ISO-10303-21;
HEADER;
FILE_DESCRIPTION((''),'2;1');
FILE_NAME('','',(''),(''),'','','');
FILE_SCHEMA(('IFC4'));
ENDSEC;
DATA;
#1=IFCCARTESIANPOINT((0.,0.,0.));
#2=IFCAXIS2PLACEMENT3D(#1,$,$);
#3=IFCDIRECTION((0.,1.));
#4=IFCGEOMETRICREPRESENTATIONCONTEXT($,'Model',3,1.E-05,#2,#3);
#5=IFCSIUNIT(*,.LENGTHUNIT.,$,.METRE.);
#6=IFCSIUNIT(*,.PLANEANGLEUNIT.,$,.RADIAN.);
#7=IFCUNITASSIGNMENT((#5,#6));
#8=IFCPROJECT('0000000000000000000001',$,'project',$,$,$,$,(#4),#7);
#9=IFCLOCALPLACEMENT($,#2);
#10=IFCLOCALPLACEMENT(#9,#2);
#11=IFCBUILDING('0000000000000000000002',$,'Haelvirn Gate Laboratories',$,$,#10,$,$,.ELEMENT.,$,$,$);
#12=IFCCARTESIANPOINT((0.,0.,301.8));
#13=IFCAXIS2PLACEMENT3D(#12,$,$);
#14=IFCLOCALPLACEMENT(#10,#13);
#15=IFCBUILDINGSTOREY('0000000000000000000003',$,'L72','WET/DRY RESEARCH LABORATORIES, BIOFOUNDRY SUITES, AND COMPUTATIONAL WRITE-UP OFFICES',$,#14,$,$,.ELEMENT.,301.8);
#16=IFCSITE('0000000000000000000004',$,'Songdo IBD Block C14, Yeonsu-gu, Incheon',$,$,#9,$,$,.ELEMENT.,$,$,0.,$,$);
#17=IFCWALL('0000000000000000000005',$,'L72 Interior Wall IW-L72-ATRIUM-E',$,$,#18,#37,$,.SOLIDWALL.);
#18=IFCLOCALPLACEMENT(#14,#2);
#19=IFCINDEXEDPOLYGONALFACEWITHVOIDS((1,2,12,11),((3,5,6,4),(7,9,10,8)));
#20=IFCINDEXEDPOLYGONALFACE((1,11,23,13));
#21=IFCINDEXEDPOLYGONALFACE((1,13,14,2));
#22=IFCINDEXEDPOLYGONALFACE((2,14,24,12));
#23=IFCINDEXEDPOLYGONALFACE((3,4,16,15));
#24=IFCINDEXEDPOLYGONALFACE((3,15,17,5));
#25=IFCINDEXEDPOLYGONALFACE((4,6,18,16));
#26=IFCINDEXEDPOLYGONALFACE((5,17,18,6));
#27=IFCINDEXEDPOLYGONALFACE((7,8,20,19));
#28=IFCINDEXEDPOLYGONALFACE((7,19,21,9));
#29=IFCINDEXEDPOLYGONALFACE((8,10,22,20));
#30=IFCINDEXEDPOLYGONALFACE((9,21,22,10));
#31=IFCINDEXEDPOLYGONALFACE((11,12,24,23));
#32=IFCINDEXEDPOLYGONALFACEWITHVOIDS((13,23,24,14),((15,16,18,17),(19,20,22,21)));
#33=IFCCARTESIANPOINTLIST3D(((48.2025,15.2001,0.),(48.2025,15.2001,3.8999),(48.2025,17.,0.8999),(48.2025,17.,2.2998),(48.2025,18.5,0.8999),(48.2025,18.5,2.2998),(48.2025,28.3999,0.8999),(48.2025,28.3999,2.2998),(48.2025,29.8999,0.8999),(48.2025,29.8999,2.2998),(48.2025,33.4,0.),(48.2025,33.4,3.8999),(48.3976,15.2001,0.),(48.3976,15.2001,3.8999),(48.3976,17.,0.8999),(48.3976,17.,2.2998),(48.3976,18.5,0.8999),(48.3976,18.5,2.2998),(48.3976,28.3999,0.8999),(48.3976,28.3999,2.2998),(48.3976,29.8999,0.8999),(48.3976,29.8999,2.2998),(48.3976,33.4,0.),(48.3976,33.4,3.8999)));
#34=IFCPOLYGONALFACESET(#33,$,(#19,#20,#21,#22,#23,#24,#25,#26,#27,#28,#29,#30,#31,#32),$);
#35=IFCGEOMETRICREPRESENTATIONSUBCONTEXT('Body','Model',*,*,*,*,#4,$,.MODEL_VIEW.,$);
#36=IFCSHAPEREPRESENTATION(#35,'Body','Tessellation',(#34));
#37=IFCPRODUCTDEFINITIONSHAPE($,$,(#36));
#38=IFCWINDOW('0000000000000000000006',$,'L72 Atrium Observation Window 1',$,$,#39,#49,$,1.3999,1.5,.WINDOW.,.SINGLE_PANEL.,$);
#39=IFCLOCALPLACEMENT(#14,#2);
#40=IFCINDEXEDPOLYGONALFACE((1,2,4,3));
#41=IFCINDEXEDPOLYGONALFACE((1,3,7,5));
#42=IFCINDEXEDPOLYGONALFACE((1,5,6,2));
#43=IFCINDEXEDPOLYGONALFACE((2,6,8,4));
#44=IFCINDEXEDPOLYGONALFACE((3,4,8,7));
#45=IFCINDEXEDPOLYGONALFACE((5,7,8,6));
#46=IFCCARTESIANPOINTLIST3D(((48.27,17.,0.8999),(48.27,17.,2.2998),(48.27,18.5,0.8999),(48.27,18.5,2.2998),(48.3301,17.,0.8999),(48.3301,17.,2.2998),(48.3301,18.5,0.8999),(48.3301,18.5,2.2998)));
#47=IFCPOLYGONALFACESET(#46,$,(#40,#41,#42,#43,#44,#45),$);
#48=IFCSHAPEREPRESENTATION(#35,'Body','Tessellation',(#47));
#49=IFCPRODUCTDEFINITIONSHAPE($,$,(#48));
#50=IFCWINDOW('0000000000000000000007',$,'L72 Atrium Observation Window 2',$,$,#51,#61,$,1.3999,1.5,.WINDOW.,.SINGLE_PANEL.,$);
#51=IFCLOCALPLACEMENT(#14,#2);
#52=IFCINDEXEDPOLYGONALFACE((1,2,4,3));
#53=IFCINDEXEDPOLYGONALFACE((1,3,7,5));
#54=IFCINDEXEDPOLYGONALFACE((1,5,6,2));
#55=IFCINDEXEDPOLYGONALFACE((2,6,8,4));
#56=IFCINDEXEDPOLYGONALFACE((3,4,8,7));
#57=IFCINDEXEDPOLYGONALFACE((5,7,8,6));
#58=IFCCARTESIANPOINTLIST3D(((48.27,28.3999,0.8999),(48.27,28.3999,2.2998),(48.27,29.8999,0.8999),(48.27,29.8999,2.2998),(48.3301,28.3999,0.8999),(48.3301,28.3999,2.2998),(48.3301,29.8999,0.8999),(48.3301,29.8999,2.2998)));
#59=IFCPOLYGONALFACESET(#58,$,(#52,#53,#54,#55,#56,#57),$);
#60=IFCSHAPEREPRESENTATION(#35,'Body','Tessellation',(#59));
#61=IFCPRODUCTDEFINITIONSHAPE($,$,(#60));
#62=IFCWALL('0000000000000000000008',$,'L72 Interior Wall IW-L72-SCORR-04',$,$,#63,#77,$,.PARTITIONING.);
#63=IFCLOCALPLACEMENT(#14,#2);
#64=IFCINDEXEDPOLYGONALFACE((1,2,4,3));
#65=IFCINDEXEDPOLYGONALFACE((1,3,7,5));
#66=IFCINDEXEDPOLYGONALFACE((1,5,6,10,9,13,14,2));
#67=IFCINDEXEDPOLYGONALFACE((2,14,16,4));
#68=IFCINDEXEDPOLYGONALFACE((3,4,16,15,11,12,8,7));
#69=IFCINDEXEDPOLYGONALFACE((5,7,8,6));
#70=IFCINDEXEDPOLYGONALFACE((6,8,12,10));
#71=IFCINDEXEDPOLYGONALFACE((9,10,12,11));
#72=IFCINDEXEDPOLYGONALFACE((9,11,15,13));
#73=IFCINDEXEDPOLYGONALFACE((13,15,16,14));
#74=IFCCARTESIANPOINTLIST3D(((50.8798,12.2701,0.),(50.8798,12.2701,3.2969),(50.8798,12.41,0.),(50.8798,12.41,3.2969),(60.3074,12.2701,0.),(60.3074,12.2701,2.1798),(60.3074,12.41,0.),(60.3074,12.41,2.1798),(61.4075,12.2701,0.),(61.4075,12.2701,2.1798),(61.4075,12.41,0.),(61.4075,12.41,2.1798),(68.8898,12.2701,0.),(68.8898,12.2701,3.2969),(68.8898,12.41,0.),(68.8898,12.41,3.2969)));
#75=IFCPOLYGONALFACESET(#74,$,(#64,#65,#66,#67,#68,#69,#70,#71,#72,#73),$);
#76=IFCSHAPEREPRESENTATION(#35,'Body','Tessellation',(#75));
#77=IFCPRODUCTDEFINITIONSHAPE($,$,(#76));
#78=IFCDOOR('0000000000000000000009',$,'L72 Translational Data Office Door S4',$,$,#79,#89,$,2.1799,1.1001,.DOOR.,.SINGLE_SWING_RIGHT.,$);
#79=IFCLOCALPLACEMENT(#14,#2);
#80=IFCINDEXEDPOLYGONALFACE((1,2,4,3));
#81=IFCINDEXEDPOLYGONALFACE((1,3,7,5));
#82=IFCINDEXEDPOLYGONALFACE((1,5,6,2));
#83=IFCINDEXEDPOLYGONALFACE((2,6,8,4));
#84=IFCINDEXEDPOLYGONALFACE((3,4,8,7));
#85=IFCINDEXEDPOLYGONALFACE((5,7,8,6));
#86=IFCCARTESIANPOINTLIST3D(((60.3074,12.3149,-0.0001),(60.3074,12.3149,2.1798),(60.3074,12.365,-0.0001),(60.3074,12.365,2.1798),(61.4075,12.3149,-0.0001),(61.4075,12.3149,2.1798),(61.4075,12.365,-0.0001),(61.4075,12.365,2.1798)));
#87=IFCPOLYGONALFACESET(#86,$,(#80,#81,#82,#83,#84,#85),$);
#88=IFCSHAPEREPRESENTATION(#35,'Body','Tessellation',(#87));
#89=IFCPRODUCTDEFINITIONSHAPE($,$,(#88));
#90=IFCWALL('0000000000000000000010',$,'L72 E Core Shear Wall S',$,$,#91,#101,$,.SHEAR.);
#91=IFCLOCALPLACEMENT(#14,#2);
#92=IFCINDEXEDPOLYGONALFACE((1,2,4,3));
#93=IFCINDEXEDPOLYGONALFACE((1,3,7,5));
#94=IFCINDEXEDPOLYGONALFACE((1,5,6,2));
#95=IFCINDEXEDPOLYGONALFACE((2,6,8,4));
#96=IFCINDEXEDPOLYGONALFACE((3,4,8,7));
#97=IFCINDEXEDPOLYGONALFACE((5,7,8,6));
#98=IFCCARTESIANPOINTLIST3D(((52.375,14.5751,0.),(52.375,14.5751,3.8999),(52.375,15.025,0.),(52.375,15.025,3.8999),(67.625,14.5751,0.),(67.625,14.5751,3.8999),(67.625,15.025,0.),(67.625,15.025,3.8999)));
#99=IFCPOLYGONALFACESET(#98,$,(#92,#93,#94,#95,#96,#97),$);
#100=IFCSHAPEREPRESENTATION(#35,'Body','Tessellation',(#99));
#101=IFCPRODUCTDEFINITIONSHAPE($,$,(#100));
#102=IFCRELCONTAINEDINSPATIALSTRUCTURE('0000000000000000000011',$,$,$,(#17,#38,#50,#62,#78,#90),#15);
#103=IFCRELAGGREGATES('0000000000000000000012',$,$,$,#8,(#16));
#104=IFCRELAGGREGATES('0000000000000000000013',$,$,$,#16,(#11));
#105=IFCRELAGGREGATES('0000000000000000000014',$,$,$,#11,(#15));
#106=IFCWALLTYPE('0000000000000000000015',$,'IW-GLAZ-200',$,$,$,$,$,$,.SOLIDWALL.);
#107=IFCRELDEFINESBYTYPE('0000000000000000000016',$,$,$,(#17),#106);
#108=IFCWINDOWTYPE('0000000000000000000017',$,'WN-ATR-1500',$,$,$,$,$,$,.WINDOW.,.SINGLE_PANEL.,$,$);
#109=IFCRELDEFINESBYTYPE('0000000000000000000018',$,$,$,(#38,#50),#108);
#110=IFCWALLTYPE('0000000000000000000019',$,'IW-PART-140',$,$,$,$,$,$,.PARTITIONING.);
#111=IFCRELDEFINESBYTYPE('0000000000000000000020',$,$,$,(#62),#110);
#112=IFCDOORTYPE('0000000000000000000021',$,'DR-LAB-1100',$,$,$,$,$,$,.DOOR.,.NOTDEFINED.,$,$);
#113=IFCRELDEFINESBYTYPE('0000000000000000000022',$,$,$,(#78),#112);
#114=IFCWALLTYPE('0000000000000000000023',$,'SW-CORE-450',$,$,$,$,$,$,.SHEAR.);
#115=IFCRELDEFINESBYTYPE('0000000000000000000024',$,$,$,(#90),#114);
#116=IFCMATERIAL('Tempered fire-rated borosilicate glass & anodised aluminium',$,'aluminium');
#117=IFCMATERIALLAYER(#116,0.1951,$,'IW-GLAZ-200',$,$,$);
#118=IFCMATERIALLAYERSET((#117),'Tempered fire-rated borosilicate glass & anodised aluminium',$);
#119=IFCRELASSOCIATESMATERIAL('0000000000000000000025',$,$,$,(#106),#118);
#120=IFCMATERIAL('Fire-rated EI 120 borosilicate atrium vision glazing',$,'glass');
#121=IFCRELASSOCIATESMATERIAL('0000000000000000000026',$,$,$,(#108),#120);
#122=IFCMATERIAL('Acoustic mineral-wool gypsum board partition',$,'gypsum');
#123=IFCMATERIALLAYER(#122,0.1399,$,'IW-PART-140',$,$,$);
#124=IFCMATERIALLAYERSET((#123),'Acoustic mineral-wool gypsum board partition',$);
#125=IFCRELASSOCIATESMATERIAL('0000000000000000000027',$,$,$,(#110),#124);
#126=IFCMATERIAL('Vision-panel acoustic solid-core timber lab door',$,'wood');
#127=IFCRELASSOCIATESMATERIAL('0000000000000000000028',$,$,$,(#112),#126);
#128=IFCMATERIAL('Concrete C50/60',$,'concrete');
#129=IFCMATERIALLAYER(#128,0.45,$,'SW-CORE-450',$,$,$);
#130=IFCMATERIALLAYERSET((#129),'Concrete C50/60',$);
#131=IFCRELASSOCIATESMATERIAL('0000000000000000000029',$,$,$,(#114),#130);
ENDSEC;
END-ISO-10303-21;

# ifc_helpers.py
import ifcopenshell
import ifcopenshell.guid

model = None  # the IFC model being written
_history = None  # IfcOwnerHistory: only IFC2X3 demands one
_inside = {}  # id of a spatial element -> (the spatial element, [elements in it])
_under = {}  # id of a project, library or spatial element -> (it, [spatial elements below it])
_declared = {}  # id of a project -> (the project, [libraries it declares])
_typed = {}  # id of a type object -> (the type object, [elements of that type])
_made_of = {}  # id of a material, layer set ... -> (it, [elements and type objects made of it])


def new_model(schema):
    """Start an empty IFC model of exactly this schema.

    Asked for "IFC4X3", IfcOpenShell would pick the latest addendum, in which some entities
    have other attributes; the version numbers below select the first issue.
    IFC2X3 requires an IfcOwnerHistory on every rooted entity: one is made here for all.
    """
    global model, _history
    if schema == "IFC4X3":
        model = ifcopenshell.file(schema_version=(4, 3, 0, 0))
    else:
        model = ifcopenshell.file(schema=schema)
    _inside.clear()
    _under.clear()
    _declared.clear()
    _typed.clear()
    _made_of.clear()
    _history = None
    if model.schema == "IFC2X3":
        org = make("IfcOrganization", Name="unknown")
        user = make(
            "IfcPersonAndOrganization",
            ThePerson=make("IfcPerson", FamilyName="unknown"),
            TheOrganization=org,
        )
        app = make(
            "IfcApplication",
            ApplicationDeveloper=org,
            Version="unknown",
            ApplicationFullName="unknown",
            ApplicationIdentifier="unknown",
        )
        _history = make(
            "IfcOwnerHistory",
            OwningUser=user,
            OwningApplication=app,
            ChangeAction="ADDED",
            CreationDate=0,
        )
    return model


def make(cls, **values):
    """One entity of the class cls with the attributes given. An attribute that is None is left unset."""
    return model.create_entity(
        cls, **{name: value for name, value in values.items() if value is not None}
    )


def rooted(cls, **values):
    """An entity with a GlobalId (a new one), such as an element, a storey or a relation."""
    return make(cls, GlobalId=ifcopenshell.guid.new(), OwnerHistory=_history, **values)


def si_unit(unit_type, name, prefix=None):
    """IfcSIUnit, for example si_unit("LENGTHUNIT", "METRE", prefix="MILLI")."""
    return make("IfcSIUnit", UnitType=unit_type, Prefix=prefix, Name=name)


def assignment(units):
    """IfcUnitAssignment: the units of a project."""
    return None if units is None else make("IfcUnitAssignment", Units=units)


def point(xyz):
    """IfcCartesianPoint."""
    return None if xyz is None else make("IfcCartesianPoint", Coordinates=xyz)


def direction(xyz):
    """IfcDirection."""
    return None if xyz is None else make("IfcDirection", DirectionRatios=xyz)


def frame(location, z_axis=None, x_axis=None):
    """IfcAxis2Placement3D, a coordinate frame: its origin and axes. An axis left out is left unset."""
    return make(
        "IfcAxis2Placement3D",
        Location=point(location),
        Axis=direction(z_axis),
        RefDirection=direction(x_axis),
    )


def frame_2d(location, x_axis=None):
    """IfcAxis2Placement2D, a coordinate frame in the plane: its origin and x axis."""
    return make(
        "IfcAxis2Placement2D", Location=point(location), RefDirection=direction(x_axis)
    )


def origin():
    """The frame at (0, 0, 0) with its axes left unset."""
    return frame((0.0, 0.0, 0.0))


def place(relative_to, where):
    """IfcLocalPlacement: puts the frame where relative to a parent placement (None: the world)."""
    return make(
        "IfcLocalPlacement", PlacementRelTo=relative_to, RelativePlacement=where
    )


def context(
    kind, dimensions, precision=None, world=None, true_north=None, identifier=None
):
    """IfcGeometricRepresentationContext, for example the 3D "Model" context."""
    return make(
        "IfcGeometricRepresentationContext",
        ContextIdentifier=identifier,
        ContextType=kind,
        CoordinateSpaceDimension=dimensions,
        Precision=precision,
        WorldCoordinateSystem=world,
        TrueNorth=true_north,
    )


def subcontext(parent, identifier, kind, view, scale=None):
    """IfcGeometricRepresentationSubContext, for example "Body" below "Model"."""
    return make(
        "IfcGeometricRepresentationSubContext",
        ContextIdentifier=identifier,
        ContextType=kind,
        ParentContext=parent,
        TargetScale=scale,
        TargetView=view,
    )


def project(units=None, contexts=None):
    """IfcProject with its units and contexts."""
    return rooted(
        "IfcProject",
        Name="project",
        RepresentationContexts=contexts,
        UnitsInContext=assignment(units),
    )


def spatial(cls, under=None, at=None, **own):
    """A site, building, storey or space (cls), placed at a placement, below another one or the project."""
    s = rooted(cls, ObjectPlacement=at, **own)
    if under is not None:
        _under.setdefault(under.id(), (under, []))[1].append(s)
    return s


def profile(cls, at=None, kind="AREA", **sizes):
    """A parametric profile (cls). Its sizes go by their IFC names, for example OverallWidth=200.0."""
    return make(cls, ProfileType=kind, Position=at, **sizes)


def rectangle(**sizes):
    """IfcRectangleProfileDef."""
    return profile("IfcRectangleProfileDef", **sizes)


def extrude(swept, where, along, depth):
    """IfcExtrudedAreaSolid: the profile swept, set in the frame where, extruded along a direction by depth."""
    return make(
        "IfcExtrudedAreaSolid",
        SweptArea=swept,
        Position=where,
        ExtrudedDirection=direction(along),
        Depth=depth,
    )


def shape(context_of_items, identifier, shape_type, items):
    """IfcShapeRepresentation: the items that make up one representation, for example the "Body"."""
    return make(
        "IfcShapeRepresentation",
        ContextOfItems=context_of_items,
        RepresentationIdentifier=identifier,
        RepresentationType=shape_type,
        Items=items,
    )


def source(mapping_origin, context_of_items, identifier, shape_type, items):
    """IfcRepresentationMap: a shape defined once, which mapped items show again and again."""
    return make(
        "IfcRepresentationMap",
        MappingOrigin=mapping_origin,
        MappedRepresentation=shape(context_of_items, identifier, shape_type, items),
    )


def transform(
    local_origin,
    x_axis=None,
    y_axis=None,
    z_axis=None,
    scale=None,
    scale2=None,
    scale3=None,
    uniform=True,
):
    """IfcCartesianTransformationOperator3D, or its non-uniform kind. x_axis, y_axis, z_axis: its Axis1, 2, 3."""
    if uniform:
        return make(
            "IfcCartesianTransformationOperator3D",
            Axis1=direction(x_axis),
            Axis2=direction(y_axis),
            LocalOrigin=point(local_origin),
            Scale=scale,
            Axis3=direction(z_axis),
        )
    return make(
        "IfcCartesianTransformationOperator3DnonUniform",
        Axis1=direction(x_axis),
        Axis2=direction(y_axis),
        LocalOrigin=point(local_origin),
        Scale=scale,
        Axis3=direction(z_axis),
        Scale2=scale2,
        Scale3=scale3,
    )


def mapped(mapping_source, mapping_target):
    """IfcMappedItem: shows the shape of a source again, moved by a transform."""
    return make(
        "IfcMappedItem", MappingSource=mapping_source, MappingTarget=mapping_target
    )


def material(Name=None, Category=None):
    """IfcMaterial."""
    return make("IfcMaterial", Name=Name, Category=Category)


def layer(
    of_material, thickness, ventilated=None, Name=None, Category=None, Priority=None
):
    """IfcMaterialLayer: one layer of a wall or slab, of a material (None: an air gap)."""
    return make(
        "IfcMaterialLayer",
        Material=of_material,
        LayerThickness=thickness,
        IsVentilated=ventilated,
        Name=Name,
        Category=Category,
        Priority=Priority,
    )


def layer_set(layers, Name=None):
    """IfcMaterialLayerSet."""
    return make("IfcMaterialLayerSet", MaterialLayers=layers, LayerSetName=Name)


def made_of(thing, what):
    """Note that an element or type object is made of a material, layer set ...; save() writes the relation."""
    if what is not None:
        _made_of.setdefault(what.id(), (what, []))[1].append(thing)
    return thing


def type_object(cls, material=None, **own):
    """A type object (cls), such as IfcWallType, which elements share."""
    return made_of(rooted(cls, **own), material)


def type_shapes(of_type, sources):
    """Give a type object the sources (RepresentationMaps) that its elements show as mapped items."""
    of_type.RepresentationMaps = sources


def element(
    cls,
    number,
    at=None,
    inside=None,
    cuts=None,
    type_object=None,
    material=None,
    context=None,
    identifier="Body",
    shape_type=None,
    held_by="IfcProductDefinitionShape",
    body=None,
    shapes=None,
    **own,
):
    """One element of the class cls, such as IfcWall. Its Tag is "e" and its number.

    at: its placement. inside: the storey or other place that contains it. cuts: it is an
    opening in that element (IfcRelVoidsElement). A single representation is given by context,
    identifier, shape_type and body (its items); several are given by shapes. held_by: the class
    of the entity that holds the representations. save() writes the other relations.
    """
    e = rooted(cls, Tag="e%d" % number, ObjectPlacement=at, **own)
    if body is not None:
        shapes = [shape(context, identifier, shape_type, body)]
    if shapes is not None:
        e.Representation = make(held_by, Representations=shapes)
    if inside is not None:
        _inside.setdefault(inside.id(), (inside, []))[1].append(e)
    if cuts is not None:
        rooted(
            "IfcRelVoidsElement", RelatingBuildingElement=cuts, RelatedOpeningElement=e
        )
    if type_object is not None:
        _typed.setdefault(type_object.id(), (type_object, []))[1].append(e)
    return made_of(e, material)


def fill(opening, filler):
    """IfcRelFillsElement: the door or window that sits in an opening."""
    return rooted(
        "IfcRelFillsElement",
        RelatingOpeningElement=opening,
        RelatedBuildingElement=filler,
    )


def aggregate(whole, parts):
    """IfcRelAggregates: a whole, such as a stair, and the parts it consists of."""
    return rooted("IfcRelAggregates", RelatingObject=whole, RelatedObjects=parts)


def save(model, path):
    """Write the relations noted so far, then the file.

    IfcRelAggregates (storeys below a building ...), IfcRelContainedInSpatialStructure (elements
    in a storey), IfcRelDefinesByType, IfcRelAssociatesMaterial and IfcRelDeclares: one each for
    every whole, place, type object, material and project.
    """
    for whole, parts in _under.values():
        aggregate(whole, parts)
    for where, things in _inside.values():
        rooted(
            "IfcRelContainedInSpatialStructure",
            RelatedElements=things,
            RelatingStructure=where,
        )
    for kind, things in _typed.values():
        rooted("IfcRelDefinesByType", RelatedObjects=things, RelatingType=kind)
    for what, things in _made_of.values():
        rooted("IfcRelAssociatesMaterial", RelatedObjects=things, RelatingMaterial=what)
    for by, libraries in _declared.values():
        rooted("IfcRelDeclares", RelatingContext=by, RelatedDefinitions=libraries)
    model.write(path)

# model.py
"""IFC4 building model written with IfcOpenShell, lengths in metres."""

from ifc_helpers import new_model, si_unit, direction, frame, frame_2d, origin, place, context, subcontext, project, spatial, rectangle, extrude, source, transform, mapped, material, layer, layer_set, type_object, type_shapes, element, fill, save


model = new_model("IFC4")

# Units and contexts
model_context = context("Model", 3, precision=1e-05, world=origin(), true_north=direction((0.0, 1.0)))
body_context = subcontext(model_context, "Body", "Model", "MODEL_VIEW")
ifc_project = project(units=[si_unit("LENGTHUNIT", "METRE"), si_unit("PLANEANGLEUNIT", "RADIAN")], contexts=[model_context])

# Site, building, storey
site_placement = place(None, origin())
site = spatial("IfcSite", under=ifc_project, at=site_placement, Name="Songdo IBD Block C14, Yeonsu-gu, Incheon", CompositionType="ELEMENT", RefElevation=0.0)
building_placement = place(site_placement, origin())
building = spatial("IfcBuilding", under=site, at=building_placement, Name="Haelvirn Gate Laboratories", CompositionType="ELEMENT")
storey_placement = place(building_placement, frame((0.0, 0.0, 301.8)))
storey = spatial("IfcBuildingStorey", under=building, at=storey_placement, Name="L72", Description="WET/DRY RESEARCH LABORATORIES, BIOFOUNDRY SUITES, AND COMPUTATIONAL WRITE-UP OFFICES", CompositionType="ELEMENT", Elevation=301.8)

# Shared definitions
ifc_material_1 = material(Name="Concrete C50/60", Category="concrete")

# Wall, openings, windows
ifc_material_2 = material(Name="Tempered fire-rated borosilicate glass & anodised aluminium", Category="aluminium")
ifc_layer_1 = layer(ifc_material_2, 0.1951, Name="IW-GLAZ-200")
ifc_layer_set_1 = layer_set([ifc_layer_1], Name="Tempered fire-rated borosilicate glass & anodised aluminium")
wall_type_1 = type_object("IfcWallType", Name="IW-GLAZ-200", PredefinedType="SOLIDWALL", material=ifc_layer_set_1)
wall_1_placement = place(storey_placement, frame((48.3, 15.2, 0.0), z_axis=(0.0, 0.0, 1.0), x_axis=(0.0, 1.0, 0.0)))
wall_1 = element("IfcWall", 1, at=wall_1_placement, inside=storey, type_object=wall_type_1, Name="L72 Interior Wall IW-L72-ATRIUM-E", PredefinedType="SOLIDWALL", context=body_context, shape_type="SweptSolid", body=[
    extrude(rectangle(XDim=18.2, YDim=0.1951, at=frame_2d((9.1001, 0.0))), origin(), (0.0, 0.0, 1.0), 3.8999),
])
opening_1_placement = place(wall_1_placement, frame((1.8, 0.0, 0.8999)))
opening_1 = element("IfcOpeningElement", 2, at=opening_1_placement, cuts=wall_1, PredefinedType="OPENING", context=body_context, shape_type="SweptSolid", body=[
    extrude(rectangle(XDim=1.5, YDim=1.3999, at=frame_2d((0.75, 0.7))), frame((0.0, 0.1074, 0.0), z_axis=(0.0, -1.0, 0.0), x_axis=(1.0, 0.0, 0.0)), (0.0, 0.0, 1.0), 0.2151),
])
opening_2_placement = place(wall_1_placement, frame((13.2, 0.0, 0.8999)))
opening_2 = element("IfcOpeningElement", 3, at=opening_2_placement, cuts=wall_1, PredefinedType="OPENING", context=body_context, shape_type="SweptSolid", body=[
    extrude(rectangle(XDim=1.5, YDim=1.3999, at=frame_2d((0.75, 0.7))), frame((0.0, 0.1074, 0.0), z_axis=(0.0, -1.0, 0.0), x_axis=(1.0, 0.0, 0.0)), (0.0, 0.0, 1.0), 0.2151),
])
ifc_material_3 = material(Name="Fire-rated EI 120 borosilicate atrium vision glazing", Category="glass")
window_type = type_object("IfcWindowType", Name="WN-ATR-1500", PartitioningType="SINGLE_PANEL", PredefinedType="WINDOW", material=ifc_material_3)
shared_shape_1 = source(origin(), body_context, "Body", "SweptSolid", [
    extrude(rectangle(XDim=1.5, YDim=1.3999, at=frame_2d((0.75, 0.7))), frame((0.0, 0.03, 0.0), z_axis=(0.0, -1.0, 0.0), x_axis=(1.0, 0.0, 0.0)), (0.0, 0.0, 1.0), 0.0601),
])
type_shapes(window_type, [shared_shape_1])
window_1_placement = place(opening_1_placement, origin())
window_1 = element("IfcWindow", 4, at=window_1_placement, inside=storey, type_object=window_type, Name="L72 Atrium Observation Window 1", OverallHeight=1.3999, OverallWidth=1.5, PartitioningType="SINGLE_PANEL", PredefinedType="WINDOW", context=body_context, shape_type="MappedRepresentation", body=[
    mapped(shared_shape_1, transform((0.0, 0.0, 0.0), scale=1.0)),
])
fill(opening_1, window_1)
window_2_placement = place(opening_2_placement, origin())
window_2 = element("IfcWindow", 5, at=window_2_placement, inside=storey, type_object=window_type, Name="L72 Atrium Observation Window 2", OverallHeight=1.3999, OverallWidth=1.5, PartitioningType="SINGLE_PANEL", PredefinedType="WINDOW", context=body_context, shape_type="MappedRepresentation", body=[
    mapped(shared_shape_1, transform((0.0, 0.0, 0.0), scale=1.0)),
])
fill(opening_2, window_2)

# Wall, opening, door
ifc_material_4 = material(Name="Acoustic mineral-wool gypsum board partition", Category="gypsum")
ifc_layer_2 = layer(ifc_material_4, 0.1399, Name="IW-PART-140")
ifc_layer_set_2 = layer_set([ifc_layer_2], Name="Acoustic mineral-wool gypsum board partition")
wall_type_2 = type_object("IfcWallType", Name="IW-PART-140", PredefinedType="PARTITIONING", material=ifc_layer_set_2)
wall_2_placement = place(storey_placement, frame((50.8799, 12.3401, 0.0), z_axis=(0.0, 0.0, 1.0), x_axis=(1.0, 0.0, 0.0)))
wall_2 = element("IfcWall", 6, at=wall_2_placement, inside=storey, type_object=wall_type_2, Name="L72 Interior Wall IW-L72-SCORR-04", PredefinedType="PARTITIONING", context=body_context, shape_type="SweptSolid", body=[
    extrude(rectangle(XDim=18.01, YDim=0.1399, at=frame_2d((9.0049, 0.0))), origin(), (0.0, 0.0, 1.0), 3.2969),
])
opening_3_placement = place(wall_2_placement, frame((9.4275, 0.0, 0.0)))
opening_3 = element("IfcOpeningElement", 7, at=opening_3_placement, cuts=wall_2, PredefinedType="OPENING", context=body_context, shape_type="SweptSolid", body=[
    extrude(rectangle(XDim=1.1001, YDim=2.1799, at=frame_2d((0.55, 1.0898))), frame((0.0, 0.0801, 0.0), z_axis=(0.0, -1.0, 0.0), x_axis=(1.0, 0.0, 0.0)), (0.0, 0.0, 1.0), 0.1599),
])
ifc_material_5 = material(Name="Vision-panel acoustic solid-core timber lab door", Category="wood")
door_type = type_object("IfcDoorType", Name="DR-LAB-1100", OperationType="NOTDEFINED", PredefinedType="DOOR", material=ifc_material_5)
shared_shape_2 = source(origin(), body_context, "Body", "SweptSolid", [
    extrude(rectangle(XDim=1.1001, YDim=2.1799, at=frame_2d((0.55, 1.0898))), frame((0.0, 0.0249, 0.0), z_axis=(0.0, -1.0, 0.0), x_axis=(1.0, 0.0, 0.0)), (0.0, 0.0, 1.0), 0.05),
])
type_shapes(door_type, [shared_shape_2])
door_placement = place(opening_3_placement, origin())
door = element("IfcDoor", 8, at=door_placement, inside=storey, type_object=door_type, Name="L72 Translational Data Office Door S4", OperationType="SINGLE_SWING_RIGHT", OverallHeight=2.1799, OverallWidth=1.1001, PredefinedType="DOOR", context=body_context, shape_type="MappedRepresentation", body=[
    mapped(shared_shape_2, transform((0.0, 0.0, 0.0), scale=1.0)),
])
fill(opening_3, door)

# Wall
ifc_layer_3 = layer(ifc_material_1, 0.45, Name="SW-CORE-450")
ifc_layer_set_3 = layer_set([ifc_layer_3], Name="Concrete C50/60")
wall_type_3 = type_object("IfcWallType", Name="SW-CORE-450", PredefinedType="SHEAR", material=ifc_layer_set_3)
wall_3_placement = place(storey_placement, frame((52.375, 14.8, 0.0), z_axis=(0.0, 0.0, 1.0), x_axis=(1.0, 0.0, 0.0)))
element("IfcWall", 9, at=wall_3_placement, inside=storey, type_object=wall_type_3, Name="L72 E Core Shear Wall S", PredefinedType="SHEAR", context=body_context, shape_type="SweptSolid", body=[
    extrude(rectangle(XDim=15.25, YDim=0.45, at=frame_2d((7.625, 0.0))), origin(), (0.0, 0.0, 1.0), 3.8999),
])

save(model, "model.ifc")
